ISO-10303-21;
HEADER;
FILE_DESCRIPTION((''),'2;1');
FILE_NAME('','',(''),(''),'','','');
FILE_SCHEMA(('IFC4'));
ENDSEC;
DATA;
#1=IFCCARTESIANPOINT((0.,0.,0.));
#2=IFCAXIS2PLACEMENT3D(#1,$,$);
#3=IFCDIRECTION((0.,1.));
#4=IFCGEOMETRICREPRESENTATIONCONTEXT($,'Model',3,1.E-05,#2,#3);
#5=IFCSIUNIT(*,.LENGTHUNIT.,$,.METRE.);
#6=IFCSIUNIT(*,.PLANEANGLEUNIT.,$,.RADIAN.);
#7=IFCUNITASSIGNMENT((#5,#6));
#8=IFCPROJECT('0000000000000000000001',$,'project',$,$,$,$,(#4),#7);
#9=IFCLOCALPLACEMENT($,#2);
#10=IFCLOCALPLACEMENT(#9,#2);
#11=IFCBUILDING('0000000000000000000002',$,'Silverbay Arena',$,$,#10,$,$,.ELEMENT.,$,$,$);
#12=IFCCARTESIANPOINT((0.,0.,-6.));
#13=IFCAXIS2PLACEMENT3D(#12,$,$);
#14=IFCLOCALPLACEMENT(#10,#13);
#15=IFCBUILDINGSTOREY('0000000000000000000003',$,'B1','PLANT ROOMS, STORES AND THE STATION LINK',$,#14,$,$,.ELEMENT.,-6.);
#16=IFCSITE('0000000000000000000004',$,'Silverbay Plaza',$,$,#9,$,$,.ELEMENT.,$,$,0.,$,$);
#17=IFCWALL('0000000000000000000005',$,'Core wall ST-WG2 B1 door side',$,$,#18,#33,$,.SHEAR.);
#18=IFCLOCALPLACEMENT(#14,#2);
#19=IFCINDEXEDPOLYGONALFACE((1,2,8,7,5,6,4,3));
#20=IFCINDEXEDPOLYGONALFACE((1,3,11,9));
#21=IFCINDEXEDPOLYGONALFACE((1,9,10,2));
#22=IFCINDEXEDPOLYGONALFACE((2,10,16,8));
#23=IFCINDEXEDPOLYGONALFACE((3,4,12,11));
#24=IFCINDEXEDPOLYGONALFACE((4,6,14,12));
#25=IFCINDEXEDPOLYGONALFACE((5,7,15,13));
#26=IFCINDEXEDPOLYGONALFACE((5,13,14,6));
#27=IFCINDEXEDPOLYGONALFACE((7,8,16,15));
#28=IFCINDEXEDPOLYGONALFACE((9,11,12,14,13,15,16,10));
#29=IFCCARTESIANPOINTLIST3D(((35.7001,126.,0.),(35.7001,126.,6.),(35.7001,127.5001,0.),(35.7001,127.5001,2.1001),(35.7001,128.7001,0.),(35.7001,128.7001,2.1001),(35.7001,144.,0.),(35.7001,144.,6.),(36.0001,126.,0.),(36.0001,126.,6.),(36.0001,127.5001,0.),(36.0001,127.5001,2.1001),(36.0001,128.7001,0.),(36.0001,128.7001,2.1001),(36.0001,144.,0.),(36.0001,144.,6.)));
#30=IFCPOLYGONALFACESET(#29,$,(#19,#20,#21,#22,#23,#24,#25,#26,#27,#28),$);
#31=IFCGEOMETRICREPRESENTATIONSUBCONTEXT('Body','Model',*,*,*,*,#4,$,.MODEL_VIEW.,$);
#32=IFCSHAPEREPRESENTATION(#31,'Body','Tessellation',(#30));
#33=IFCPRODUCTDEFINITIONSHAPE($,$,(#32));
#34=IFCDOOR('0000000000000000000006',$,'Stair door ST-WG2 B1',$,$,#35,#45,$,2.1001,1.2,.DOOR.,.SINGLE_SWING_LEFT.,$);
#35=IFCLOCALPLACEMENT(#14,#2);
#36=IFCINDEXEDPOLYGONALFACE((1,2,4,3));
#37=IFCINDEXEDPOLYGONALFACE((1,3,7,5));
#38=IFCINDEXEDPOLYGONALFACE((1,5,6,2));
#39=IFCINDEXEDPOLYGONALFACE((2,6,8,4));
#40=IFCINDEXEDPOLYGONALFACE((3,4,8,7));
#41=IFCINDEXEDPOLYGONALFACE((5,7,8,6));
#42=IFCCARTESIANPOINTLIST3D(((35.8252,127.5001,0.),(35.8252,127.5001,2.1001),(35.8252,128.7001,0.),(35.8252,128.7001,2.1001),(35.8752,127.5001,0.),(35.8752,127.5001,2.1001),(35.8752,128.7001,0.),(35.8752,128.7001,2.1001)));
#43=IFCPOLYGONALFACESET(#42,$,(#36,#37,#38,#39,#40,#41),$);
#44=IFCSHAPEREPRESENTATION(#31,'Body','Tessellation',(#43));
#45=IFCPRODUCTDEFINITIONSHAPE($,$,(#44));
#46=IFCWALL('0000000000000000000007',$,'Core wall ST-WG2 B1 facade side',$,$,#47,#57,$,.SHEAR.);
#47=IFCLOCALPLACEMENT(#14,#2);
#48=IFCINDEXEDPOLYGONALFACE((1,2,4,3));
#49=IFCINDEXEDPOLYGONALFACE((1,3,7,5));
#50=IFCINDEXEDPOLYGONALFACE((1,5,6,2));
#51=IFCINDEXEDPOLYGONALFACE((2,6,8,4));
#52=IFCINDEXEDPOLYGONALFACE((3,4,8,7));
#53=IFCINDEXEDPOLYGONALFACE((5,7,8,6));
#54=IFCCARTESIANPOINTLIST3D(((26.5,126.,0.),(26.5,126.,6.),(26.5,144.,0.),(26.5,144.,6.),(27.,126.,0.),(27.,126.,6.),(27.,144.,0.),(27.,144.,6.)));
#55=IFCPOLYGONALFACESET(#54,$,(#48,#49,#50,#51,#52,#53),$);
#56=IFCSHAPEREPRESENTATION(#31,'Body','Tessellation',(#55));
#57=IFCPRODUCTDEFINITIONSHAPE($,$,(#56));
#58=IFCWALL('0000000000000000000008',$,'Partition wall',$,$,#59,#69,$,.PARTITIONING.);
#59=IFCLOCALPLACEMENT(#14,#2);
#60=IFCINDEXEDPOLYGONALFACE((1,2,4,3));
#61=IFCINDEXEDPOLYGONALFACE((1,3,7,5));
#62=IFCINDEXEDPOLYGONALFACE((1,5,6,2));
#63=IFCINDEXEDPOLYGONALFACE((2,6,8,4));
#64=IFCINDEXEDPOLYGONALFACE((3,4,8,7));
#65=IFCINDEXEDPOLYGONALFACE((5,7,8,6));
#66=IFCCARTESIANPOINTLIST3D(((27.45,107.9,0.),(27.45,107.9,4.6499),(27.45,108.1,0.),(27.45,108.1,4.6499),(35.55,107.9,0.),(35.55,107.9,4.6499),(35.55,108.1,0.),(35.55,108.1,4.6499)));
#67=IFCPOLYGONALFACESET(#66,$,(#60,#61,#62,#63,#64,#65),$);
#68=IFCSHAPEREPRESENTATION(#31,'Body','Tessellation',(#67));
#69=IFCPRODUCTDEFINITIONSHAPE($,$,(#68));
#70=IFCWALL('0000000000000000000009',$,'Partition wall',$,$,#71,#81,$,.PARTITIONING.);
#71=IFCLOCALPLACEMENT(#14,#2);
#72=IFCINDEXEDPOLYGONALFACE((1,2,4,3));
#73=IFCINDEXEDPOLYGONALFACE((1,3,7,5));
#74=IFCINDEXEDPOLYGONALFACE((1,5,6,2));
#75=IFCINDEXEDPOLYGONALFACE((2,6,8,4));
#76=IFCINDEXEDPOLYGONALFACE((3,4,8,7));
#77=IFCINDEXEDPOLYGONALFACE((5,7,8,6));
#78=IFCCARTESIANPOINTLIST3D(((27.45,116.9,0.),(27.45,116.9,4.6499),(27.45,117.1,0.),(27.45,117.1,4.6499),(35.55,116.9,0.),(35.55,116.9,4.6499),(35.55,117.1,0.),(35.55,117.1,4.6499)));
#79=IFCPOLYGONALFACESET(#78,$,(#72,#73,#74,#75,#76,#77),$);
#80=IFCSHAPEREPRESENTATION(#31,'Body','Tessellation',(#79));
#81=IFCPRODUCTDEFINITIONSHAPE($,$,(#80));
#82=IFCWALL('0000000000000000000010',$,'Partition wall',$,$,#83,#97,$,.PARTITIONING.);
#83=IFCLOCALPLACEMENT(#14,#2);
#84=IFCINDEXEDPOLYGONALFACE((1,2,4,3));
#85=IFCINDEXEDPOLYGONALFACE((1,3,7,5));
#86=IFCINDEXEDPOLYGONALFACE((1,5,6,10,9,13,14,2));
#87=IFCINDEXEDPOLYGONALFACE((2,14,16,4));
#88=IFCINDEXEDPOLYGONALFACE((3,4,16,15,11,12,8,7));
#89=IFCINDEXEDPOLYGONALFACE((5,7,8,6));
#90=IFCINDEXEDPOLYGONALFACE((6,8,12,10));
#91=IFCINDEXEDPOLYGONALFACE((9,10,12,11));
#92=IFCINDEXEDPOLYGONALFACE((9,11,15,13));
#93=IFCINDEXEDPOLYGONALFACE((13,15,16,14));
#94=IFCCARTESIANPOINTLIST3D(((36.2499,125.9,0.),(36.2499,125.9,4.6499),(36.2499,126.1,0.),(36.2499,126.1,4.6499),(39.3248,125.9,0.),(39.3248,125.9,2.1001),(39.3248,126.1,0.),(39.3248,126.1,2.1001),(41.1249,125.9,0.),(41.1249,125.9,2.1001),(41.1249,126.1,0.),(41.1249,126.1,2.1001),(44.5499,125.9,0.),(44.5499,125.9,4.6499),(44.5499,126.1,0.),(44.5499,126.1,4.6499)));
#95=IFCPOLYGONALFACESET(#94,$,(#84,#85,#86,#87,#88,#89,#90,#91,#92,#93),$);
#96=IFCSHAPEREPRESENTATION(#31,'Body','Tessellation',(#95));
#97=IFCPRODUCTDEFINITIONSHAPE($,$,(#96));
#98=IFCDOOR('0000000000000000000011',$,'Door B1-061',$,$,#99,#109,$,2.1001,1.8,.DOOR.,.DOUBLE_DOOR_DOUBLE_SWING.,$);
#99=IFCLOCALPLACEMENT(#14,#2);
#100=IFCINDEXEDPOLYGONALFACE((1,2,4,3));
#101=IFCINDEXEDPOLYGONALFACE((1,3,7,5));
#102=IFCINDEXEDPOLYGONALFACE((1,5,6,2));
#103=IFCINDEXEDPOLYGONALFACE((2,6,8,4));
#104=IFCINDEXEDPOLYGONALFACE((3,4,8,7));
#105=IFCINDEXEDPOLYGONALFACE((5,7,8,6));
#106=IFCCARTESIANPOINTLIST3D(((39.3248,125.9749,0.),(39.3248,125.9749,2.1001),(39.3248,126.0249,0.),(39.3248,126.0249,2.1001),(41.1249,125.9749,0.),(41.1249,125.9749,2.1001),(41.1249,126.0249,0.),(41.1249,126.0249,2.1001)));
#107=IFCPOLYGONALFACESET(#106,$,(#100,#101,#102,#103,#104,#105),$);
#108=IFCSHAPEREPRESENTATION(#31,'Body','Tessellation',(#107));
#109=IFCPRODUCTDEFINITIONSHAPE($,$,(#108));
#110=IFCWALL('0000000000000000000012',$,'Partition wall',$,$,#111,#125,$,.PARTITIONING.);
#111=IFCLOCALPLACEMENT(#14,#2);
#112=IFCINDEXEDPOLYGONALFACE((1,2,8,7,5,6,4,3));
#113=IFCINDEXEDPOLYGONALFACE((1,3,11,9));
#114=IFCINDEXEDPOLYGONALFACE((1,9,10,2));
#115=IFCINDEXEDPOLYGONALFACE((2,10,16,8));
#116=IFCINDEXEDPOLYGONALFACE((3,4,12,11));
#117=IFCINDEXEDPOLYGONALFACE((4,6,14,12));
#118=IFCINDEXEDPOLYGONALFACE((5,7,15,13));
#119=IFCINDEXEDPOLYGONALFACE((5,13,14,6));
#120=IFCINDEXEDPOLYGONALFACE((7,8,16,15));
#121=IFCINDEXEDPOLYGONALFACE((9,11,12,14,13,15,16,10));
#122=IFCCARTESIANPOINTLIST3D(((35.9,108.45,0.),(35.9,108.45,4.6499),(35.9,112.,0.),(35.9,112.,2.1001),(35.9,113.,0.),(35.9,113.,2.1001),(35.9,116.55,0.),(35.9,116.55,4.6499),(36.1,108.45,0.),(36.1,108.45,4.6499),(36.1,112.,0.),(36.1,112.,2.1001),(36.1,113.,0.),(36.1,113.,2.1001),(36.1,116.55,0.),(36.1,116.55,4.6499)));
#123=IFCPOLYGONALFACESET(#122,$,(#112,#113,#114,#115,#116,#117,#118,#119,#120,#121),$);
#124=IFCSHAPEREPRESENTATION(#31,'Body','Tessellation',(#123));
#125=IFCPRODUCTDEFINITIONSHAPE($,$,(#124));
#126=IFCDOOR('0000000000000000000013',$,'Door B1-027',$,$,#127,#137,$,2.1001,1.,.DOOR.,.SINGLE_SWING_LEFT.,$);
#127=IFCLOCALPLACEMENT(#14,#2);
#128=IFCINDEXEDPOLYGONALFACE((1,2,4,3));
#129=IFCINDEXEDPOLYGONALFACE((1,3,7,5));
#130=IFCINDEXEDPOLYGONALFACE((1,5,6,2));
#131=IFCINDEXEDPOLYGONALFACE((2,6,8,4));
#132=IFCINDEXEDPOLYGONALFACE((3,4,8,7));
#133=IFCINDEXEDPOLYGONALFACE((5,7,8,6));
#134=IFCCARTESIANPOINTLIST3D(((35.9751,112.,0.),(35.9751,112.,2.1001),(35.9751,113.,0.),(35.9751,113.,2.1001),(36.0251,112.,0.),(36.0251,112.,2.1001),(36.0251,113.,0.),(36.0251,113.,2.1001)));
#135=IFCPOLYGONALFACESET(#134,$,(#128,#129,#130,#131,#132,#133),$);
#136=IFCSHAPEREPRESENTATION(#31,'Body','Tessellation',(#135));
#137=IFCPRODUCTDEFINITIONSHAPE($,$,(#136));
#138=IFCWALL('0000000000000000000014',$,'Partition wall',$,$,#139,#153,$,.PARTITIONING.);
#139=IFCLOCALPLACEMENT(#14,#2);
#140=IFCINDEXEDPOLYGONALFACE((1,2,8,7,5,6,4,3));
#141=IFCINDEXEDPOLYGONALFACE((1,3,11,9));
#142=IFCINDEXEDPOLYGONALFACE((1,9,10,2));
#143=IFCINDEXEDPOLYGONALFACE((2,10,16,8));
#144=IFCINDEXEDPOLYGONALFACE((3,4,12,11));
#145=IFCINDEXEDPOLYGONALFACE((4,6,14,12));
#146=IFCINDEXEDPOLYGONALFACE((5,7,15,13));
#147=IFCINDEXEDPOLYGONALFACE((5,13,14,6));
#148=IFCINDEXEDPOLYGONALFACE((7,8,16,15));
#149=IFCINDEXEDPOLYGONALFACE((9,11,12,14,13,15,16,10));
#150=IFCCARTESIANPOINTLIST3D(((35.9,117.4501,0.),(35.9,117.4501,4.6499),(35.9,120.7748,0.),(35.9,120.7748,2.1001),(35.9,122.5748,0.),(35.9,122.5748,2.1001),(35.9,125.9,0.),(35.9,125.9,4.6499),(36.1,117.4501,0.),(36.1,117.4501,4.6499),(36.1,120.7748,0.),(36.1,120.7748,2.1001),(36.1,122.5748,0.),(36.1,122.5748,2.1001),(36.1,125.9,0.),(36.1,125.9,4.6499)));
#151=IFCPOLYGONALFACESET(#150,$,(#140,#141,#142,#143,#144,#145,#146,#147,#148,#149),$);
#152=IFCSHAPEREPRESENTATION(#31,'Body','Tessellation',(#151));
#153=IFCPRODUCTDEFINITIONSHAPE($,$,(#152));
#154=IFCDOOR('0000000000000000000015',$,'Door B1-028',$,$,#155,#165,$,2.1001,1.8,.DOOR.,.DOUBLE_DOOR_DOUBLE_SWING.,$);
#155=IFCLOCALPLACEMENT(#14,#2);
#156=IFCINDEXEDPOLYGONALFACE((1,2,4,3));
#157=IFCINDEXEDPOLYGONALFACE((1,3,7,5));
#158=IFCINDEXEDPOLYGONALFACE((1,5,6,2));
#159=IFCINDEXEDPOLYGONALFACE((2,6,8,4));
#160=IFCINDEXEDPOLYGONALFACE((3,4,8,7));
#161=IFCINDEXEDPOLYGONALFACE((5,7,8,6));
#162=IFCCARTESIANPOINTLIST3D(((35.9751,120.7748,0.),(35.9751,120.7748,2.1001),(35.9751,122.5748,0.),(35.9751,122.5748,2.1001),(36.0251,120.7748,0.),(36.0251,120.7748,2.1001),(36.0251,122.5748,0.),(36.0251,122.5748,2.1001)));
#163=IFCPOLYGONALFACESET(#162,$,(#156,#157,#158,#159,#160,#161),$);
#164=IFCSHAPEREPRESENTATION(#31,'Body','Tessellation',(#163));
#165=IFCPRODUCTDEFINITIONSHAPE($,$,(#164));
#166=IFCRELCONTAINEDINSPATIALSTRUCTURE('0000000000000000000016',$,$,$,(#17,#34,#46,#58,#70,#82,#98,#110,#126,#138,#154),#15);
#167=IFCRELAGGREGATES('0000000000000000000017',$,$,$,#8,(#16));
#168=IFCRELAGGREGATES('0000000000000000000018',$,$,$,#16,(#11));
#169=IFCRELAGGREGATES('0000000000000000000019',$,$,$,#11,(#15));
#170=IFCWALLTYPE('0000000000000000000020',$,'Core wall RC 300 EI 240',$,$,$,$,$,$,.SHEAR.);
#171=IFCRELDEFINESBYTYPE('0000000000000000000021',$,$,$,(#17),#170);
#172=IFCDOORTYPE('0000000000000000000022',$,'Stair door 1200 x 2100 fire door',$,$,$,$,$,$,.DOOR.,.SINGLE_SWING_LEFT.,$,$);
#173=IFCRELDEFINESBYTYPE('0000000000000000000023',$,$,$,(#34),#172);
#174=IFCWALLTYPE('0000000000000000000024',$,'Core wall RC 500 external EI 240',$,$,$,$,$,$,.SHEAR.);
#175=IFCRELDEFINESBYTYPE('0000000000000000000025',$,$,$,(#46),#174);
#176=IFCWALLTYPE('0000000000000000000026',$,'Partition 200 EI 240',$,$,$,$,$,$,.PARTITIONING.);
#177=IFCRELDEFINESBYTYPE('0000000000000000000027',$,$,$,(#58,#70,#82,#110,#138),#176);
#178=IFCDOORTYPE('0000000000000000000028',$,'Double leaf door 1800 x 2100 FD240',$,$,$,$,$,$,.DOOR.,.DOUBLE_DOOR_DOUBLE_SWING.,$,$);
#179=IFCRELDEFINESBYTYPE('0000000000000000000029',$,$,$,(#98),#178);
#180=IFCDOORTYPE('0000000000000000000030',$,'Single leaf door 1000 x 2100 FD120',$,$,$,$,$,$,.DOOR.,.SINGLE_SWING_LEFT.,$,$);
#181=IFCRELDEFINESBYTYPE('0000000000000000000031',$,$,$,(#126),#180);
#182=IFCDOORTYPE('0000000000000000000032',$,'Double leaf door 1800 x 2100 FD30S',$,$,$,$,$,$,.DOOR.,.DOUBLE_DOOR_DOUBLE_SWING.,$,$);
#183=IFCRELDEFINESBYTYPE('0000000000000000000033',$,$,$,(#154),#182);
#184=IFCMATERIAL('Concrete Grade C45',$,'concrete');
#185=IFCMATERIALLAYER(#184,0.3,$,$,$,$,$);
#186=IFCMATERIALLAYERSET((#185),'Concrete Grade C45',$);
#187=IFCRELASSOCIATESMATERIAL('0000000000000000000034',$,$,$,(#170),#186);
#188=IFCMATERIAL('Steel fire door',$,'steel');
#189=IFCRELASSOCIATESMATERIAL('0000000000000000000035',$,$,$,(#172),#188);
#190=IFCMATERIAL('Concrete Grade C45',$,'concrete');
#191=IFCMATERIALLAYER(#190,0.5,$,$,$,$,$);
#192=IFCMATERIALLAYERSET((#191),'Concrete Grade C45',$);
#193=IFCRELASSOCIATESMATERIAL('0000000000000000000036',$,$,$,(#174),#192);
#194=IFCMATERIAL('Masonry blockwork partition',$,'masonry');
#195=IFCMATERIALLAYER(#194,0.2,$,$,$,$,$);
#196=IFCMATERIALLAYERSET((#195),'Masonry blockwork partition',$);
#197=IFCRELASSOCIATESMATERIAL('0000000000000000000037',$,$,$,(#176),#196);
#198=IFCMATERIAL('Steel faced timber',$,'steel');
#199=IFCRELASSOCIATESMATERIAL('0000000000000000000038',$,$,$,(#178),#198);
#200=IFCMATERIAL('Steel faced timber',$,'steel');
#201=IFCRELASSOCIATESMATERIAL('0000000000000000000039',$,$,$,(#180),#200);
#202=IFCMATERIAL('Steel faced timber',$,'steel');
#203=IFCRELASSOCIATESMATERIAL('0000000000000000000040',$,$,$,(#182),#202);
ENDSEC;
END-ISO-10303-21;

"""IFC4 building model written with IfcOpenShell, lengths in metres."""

from ifc_helpers import new_model, si_unit, direction, frame, frame_2d, origin, place, context, subcontext, project, spatial, rectangle, extrude, material, layer, layer_set, type_object, element, fill, save


model = new_model("IFC4")

# Units and contexts
model_context = context("Model", 3, precision=1e-05, world=origin(), true_north=direction((0.0, 1.0)))
body_context = subcontext(model_context, "Body", "Model", "MODEL_VIEW")
ifc_project = project(units=[si_unit("LENGTHUNIT", "METRE"), si_unit("PLANEANGLEUNIT", "RADIAN")], contexts=[model_context])

# Site, building, storey
site_placement = place(None, origin())
site = spatial("IfcSite", under=ifc_project, at=site_placement, Name="Silverbay Plaza", CompositionType="ELEMENT", RefElevation=0.0)
building_placement = place(site_placement, origin())
building = spatial("IfcBuilding", under=site, at=building_placement, Name="Silverbay Arena", CompositionType="ELEMENT")
storey_placement = place(building_placement, frame((0.0, 0.0, -6.0)))
storey = spatial("IfcBuildingStorey", under=building, at=storey_placement, Name="B1", Description="PLANT ROOMS, STORES AND THE STATION LINK", CompositionType="ELEMENT", Elevation=-6.0)

# Wall, opening, door
ifc_material_1 = material(Name="Concrete Grade C45", Category="concrete")
ifc_layer_1 = layer(ifc_material_1, 0.3)
ifc_layer_set_1 = layer_set([ifc_layer_1], Name="Concrete Grade C45")
wall_type_1 = type_object("IfcWallType", Name="Core wall RC 300 EI 240", PredefinedType="SHEAR", material=ifc_layer_set_1)
wall_1_placement = place(storey_placement, frame((35.8501, 126.0, 0.0), z_axis=(0.0, 0.0, 1.0), x_axis=(0.0, 1.0, 0.0)))
wall_1 = element("IfcWall", 1, at=wall_1_placement, inside=storey, type_object=wall_type_1, Name="Core wall ST-WG2 B1 door side", PredefinedType="SHEAR", context=body_context, shape_type="SweptSolid", body=[
    extrude(rectangle(XDim=18.0, YDim=0.3, at=frame_2d((9.0, 0.0))), origin(), (0.0, 0.0, 1.0), 6.0),
])
opening_1_placement = place(wall_1_placement, frame((1.5, 0.0, 0.0)))
opening_1 = element("IfcOpeningElement", 2, at=opening_1_placement, cuts=wall_1, PredefinedType="OPENING", context=body_context, shape_type="SweptSolid", body=[
    extrude(rectangle(XDim=1.2, YDim=2.1001, at=frame_2d((0.6001, 1.05))), frame((0.0, 0.1602, 0.0), z_axis=(0.0, -1.0, 0.0), x_axis=(1.0, 0.0, 0.0)), (0.0, 0.0, 1.0), 0.3201),
])
ifc_material_2 = material(Name="Steel fire door", Category="steel")
door_type_1 = type_object("IfcDoorType", Name="Stair door 1200 x 2100 fire door", OperationType="SINGLE_SWING_LEFT", PredefinedType="DOOR", material=ifc_material_2)
door_1_placement = place(opening_1_placement, origin())
door_1 = element("IfcDoor", 3, at=door_1_placement, inside=storey, type_object=door_type_1, Name="Stair door ST-WG2 B1", OperationType="SINGLE_SWING_LEFT", OverallHeight=2.1001, OverallWidth=1.2, PredefinedType="DOOR", context=body_context, shape_type="SweptSolid", body=[
    extrude(rectangle(XDim=1.2, YDim=2.1001, at=frame_2d((0.6001, 1.05))), frame((0.0, 0.0249, 0.0), z_axis=(0.0, -1.0, 0.0), x_axis=(1.0, 0.0, 0.0)), (0.0, 0.0, 1.0), 0.05),
])
fill(opening_1, door_1)

# Walls
ifc_material_3 = material(Name="Concrete Grade C45", Category="concrete")
ifc_layer_2 = layer(ifc_material_3, 0.5)
ifc_layer_set_2 = layer_set([ifc_layer_2], Name="Concrete Grade C45")
wall_type_2 = type_object("IfcWallType", Name="Core wall RC 500 external EI 240", PredefinedType="SHEAR", material=ifc_layer_set_2)
wall_2_placement = place(storey_placement, frame((26.75, 126.0, 0.0), z_axis=(0.0, 0.0, 1.0), x_axis=(0.0, 1.0, 0.0)))
element("IfcWall", 4, at=wall_2_placement, inside=storey, type_object=wall_type_2, Name="Core wall ST-WG2 B1 facade side", PredefinedType="SHEAR", context=body_context, shape_type="SweptSolid", body=[
    extrude(rectangle(XDim=18.0, YDim=0.5, at=frame_2d((9.0, 0.0))), origin(), (0.0, 0.0, 1.0), 6.0),
])
ifc_material_4 = material(Name="Masonry blockwork partition", Category="masonry")
ifc_layer_3 = layer(ifc_material_4, 0.2)
ifc_layer_set_3 = layer_set([ifc_layer_3], Name="Masonry blockwork partition")
wall_type_3 = type_object("IfcWallType", Name="Partition 200 EI 240", PredefinedType="PARTITIONING", material=ifc_layer_set_3)
for number, where, z_axis, x_axis, name in (
    (5, (27.45, 108.0, 0.0), (0.0, 0.0, 1.0), (1.0, 0.0, 0.0), "Partition wall"),
    (6, (27.45, 117.0, 0.0), (0.0, 0.0, 1.0), (1.0, 0.0, 0.0), "Partition wall"),
):
    element("IfcWall", number, at=place(storey_placement, frame(where, z_axis=z_axis, x_axis=x_axis)), inside=storey, type_object=wall_type_3, Name=name, PredefinedType="PARTITIONING", context=body_context, shape_type="SweptSolid", body=[
        extrude(rectangle(XDim=8.1001, YDim=0.2, at=frame_2d((4.05, 0.0))), origin(), (0.0, 0.0, 1.0), 4.6499),
    ])

# Walls, openings, doors
wall_3_placement = place(storey_placement, frame((36.25, 126.0, 0.0), z_axis=(0.0, 0.0, 1.0), x_axis=(1.0, 0.0, 0.0)))
wall_3 = element("IfcWall", 7, at=wall_3_placement, inside=storey, type_object=wall_type_3, Name="Partition wall", PredefinedType="PARTITIONING", context=body_context, shape_type="SweptSolid", body=[
    extrude(rectangle(XDim=8.3, YDim=0.2, at=frame_2d((4.1499, 0.0))), origin(), (0.0, 0.0, 1.0), 4.6499),
])
opening_2_placement = place(wall_3_placement, frame((3.075, 0.0, 0.0)))
opening_2 = element("IfcOpeningElement", 8, at=opening_2_placement, cuts=wall_3, PredefinedType="OPENING", context=body_context, shape_type="SweptSolid", body=[
    extrude(rectangle(XDim=1.8, YDim=2.1001, at=frame_2d((0.8999, 1.05))), frame((0.0, 0.1099, 0.0), z_axis=(0.0, -1.0, 0.0), x_axis=(1.0, 0.0, 0.0)), (0.0, 0.0, 1.0), 0.22),
])
ifc_material_5 = material(Name="Steel faced timber", Category="steel")
door_type_2 = type_object("IfcDoorType", Name="Double leaf door 1800 x 2100 FD240", OperationType="DOUBLE_DOOR_DOUBLE_SWING", PredefinedType="DOOR", material=ifc_material_5)
door_2_placement = place(opening_2_placement, origin())
door_2 = element("IfcDoor", 9, at=door_2_placement, inside=storey, type_object=door_type_2, Name="Door B1-061", OperationType="DOUBLE_DOOR_DOUBLE_SWING", OverallHeight=2.1001, OverallWidth=1.8, PredefinedType="DOOR", context=body_context, shape_type="SweptSolid", body=[
    extrude(rectangle(XDim=1.8, YDim=2.1001, at=frame_2d((0.8999, 1.05))), frame((0.0, 0.0249, 0.0), z_axis=(0.0, -1.0, 0.0), x_axis=(1.0, 0.0, 0.0)), (0.0, 0.0, 1.0), 0.05),
])
fill(opening_2, door_2)
wall_4_placement = place(storey_placement, frame((36.0, 108.45, 0.0), z_axis=(0.0, 0.0, 1.0), x_axis=(0.0, 1.0, 0.0)))
wall_4 = element("IfcWall", 10, at=wall_4_placement, inside=storey, type_object=wall_type_3, Name="Partition wall", PredefinedType="PARTITIONING", context=body_context, shape_type="SweptSolid", body=[
    extrude(rectangle(XDim=8.1001, YDim=0.2, at=frame_2d((4.05, 0.0))), origin(), (0.0, 0.0, 1.0), 4.6499),
])
opening_3_placement = place(wall_4_placement, frame((3.55, 0.0, 0.0)))
opening_3 = element("IfcOpeningElement", 11, at=opening_3_placement, cuts=wall_4, PredefinedType="OPENING", context=body_context, shape_type="SweptSolid", body=[
    extrude(rectangle(XDim=1.0, YDim=2.1001, at=frame_2d((0.5, 1.05))), frame((0.0, 0.1099, 0.0), z_axis=(0.0, -1.0, 0.0), x_axis=(1.0, 0.0, 0.0)), (0.0, 0.0, 1.0), 0.22),
])
ifc_material_6 = material(Name="Steel faced timber", Category="steel")
door_type_3 = type_object("IfcDoorType", Name="Single leaf door 1000 x 2100 FD120", OperationType="SINGLE_SWING_LEFT", PredefinedType="DOOR", material=ifc_material_6)
door_3_placement = place(opening_3_placement, origin())
door_3 = element("IfcDoor", 12, at=door_3_placement, inside=storey, type_object=door_type_3, Name="Door B1-027", OperationType="SINGLE_SWING_LEFT", OverallHeight=2.1001, OverallWidth=1.0, PredefinedType="DOOR", context=body_context, shape_type="SweptSolid", body=[
    extrude(rectangle(XDim=1.0, YDim=2.1001, at=frame_2d((0.5, 1.05))), frame((0.0, 0.0249, 0.0), z_axis=(0.0, -1.0, 0.0), x_axis=(1.0, 0.0, 0.0)), (0.0, 0.0, 1.0), 0.05),
])
fill(opening_3, door_3)
wall_5_placement = place(storey_placement, frame((36.0, 117.45, 0.0), z_axis=(0.0, 0.0, 1.0), x_axis=(0.0, 1.0, 0.0)))
wall_5 = element("IfcWall", 13, at=wall_5_placement, inside=storey, type_object=wall_type_3, Name="Partition wall", PredefinedType="PARTITIONING", context=body_context, shape_type="SweptSolid", body=[
    extrude(rectangle(XDim=8.45, YDim=0.2, at=frame_2d((4.2251, 0.0))), origin(), (0.0, 0.0, 1.0), 4.6499),
])
opening_4_placement = place(wall_5_placement, frame((3.325, 0.0, 0.0)))
opening_4 = element("IfcOpeningElement", 14, at=opening_4_placement, cuts=wall_5, PredefinedType="OPENING", context=body_context, shape_type="SweptSolid", body=[
    extrude(rectangle(XDim=1.8, YDim=2.1001, at=frame_2d((0.8999, 1.05))), frame((0.0, 0.1099, 0.0), z_axis=(0.0, -1.0, 0.0), x_axis=(1.0, 0.0, 0.0)), (0.0, 0.0, 1.0), 0.22),
])
ifc_material_7 = material(Name="Steel faced timber", Category="steel")
door_type_4 = type_object("IfcDoorType", Name="Double leaf door 1800 x 2100 FD30S", OperationType="DOUBLE_DOOR_DOUBLE_SWING", PredefinedType="DOOR", material=ifc_material_7)
door_4_placement = place(opening_4_placement, origin())
door_4 = element("IfcDoor", 15, at=door_4_placement, inside=storey, type_object=door_type_4, Name="Door B1-028", OperationType="DOUBLE_DOOR_DOUBLE_SWING", OverallHeight=2.1001, OverallWidth=1.8, PredefinedType="DOOR", context=body_context, shape_type="SweptSolid", body=[
    extrude(rectangle(XDim=1.8, YDim=2.1001, at=frame_2d((0.8999, 1.05))), frame((0.0, 0.0249, 0.0), z_axis=(0.0, -1.0, 0.0), x_axis=(1.0, 0.0, 0.0)), (0.0, 0.0, 1.0), 0.05),
])
fill(opening_4, door_4)

save(model, "model.ifc")
